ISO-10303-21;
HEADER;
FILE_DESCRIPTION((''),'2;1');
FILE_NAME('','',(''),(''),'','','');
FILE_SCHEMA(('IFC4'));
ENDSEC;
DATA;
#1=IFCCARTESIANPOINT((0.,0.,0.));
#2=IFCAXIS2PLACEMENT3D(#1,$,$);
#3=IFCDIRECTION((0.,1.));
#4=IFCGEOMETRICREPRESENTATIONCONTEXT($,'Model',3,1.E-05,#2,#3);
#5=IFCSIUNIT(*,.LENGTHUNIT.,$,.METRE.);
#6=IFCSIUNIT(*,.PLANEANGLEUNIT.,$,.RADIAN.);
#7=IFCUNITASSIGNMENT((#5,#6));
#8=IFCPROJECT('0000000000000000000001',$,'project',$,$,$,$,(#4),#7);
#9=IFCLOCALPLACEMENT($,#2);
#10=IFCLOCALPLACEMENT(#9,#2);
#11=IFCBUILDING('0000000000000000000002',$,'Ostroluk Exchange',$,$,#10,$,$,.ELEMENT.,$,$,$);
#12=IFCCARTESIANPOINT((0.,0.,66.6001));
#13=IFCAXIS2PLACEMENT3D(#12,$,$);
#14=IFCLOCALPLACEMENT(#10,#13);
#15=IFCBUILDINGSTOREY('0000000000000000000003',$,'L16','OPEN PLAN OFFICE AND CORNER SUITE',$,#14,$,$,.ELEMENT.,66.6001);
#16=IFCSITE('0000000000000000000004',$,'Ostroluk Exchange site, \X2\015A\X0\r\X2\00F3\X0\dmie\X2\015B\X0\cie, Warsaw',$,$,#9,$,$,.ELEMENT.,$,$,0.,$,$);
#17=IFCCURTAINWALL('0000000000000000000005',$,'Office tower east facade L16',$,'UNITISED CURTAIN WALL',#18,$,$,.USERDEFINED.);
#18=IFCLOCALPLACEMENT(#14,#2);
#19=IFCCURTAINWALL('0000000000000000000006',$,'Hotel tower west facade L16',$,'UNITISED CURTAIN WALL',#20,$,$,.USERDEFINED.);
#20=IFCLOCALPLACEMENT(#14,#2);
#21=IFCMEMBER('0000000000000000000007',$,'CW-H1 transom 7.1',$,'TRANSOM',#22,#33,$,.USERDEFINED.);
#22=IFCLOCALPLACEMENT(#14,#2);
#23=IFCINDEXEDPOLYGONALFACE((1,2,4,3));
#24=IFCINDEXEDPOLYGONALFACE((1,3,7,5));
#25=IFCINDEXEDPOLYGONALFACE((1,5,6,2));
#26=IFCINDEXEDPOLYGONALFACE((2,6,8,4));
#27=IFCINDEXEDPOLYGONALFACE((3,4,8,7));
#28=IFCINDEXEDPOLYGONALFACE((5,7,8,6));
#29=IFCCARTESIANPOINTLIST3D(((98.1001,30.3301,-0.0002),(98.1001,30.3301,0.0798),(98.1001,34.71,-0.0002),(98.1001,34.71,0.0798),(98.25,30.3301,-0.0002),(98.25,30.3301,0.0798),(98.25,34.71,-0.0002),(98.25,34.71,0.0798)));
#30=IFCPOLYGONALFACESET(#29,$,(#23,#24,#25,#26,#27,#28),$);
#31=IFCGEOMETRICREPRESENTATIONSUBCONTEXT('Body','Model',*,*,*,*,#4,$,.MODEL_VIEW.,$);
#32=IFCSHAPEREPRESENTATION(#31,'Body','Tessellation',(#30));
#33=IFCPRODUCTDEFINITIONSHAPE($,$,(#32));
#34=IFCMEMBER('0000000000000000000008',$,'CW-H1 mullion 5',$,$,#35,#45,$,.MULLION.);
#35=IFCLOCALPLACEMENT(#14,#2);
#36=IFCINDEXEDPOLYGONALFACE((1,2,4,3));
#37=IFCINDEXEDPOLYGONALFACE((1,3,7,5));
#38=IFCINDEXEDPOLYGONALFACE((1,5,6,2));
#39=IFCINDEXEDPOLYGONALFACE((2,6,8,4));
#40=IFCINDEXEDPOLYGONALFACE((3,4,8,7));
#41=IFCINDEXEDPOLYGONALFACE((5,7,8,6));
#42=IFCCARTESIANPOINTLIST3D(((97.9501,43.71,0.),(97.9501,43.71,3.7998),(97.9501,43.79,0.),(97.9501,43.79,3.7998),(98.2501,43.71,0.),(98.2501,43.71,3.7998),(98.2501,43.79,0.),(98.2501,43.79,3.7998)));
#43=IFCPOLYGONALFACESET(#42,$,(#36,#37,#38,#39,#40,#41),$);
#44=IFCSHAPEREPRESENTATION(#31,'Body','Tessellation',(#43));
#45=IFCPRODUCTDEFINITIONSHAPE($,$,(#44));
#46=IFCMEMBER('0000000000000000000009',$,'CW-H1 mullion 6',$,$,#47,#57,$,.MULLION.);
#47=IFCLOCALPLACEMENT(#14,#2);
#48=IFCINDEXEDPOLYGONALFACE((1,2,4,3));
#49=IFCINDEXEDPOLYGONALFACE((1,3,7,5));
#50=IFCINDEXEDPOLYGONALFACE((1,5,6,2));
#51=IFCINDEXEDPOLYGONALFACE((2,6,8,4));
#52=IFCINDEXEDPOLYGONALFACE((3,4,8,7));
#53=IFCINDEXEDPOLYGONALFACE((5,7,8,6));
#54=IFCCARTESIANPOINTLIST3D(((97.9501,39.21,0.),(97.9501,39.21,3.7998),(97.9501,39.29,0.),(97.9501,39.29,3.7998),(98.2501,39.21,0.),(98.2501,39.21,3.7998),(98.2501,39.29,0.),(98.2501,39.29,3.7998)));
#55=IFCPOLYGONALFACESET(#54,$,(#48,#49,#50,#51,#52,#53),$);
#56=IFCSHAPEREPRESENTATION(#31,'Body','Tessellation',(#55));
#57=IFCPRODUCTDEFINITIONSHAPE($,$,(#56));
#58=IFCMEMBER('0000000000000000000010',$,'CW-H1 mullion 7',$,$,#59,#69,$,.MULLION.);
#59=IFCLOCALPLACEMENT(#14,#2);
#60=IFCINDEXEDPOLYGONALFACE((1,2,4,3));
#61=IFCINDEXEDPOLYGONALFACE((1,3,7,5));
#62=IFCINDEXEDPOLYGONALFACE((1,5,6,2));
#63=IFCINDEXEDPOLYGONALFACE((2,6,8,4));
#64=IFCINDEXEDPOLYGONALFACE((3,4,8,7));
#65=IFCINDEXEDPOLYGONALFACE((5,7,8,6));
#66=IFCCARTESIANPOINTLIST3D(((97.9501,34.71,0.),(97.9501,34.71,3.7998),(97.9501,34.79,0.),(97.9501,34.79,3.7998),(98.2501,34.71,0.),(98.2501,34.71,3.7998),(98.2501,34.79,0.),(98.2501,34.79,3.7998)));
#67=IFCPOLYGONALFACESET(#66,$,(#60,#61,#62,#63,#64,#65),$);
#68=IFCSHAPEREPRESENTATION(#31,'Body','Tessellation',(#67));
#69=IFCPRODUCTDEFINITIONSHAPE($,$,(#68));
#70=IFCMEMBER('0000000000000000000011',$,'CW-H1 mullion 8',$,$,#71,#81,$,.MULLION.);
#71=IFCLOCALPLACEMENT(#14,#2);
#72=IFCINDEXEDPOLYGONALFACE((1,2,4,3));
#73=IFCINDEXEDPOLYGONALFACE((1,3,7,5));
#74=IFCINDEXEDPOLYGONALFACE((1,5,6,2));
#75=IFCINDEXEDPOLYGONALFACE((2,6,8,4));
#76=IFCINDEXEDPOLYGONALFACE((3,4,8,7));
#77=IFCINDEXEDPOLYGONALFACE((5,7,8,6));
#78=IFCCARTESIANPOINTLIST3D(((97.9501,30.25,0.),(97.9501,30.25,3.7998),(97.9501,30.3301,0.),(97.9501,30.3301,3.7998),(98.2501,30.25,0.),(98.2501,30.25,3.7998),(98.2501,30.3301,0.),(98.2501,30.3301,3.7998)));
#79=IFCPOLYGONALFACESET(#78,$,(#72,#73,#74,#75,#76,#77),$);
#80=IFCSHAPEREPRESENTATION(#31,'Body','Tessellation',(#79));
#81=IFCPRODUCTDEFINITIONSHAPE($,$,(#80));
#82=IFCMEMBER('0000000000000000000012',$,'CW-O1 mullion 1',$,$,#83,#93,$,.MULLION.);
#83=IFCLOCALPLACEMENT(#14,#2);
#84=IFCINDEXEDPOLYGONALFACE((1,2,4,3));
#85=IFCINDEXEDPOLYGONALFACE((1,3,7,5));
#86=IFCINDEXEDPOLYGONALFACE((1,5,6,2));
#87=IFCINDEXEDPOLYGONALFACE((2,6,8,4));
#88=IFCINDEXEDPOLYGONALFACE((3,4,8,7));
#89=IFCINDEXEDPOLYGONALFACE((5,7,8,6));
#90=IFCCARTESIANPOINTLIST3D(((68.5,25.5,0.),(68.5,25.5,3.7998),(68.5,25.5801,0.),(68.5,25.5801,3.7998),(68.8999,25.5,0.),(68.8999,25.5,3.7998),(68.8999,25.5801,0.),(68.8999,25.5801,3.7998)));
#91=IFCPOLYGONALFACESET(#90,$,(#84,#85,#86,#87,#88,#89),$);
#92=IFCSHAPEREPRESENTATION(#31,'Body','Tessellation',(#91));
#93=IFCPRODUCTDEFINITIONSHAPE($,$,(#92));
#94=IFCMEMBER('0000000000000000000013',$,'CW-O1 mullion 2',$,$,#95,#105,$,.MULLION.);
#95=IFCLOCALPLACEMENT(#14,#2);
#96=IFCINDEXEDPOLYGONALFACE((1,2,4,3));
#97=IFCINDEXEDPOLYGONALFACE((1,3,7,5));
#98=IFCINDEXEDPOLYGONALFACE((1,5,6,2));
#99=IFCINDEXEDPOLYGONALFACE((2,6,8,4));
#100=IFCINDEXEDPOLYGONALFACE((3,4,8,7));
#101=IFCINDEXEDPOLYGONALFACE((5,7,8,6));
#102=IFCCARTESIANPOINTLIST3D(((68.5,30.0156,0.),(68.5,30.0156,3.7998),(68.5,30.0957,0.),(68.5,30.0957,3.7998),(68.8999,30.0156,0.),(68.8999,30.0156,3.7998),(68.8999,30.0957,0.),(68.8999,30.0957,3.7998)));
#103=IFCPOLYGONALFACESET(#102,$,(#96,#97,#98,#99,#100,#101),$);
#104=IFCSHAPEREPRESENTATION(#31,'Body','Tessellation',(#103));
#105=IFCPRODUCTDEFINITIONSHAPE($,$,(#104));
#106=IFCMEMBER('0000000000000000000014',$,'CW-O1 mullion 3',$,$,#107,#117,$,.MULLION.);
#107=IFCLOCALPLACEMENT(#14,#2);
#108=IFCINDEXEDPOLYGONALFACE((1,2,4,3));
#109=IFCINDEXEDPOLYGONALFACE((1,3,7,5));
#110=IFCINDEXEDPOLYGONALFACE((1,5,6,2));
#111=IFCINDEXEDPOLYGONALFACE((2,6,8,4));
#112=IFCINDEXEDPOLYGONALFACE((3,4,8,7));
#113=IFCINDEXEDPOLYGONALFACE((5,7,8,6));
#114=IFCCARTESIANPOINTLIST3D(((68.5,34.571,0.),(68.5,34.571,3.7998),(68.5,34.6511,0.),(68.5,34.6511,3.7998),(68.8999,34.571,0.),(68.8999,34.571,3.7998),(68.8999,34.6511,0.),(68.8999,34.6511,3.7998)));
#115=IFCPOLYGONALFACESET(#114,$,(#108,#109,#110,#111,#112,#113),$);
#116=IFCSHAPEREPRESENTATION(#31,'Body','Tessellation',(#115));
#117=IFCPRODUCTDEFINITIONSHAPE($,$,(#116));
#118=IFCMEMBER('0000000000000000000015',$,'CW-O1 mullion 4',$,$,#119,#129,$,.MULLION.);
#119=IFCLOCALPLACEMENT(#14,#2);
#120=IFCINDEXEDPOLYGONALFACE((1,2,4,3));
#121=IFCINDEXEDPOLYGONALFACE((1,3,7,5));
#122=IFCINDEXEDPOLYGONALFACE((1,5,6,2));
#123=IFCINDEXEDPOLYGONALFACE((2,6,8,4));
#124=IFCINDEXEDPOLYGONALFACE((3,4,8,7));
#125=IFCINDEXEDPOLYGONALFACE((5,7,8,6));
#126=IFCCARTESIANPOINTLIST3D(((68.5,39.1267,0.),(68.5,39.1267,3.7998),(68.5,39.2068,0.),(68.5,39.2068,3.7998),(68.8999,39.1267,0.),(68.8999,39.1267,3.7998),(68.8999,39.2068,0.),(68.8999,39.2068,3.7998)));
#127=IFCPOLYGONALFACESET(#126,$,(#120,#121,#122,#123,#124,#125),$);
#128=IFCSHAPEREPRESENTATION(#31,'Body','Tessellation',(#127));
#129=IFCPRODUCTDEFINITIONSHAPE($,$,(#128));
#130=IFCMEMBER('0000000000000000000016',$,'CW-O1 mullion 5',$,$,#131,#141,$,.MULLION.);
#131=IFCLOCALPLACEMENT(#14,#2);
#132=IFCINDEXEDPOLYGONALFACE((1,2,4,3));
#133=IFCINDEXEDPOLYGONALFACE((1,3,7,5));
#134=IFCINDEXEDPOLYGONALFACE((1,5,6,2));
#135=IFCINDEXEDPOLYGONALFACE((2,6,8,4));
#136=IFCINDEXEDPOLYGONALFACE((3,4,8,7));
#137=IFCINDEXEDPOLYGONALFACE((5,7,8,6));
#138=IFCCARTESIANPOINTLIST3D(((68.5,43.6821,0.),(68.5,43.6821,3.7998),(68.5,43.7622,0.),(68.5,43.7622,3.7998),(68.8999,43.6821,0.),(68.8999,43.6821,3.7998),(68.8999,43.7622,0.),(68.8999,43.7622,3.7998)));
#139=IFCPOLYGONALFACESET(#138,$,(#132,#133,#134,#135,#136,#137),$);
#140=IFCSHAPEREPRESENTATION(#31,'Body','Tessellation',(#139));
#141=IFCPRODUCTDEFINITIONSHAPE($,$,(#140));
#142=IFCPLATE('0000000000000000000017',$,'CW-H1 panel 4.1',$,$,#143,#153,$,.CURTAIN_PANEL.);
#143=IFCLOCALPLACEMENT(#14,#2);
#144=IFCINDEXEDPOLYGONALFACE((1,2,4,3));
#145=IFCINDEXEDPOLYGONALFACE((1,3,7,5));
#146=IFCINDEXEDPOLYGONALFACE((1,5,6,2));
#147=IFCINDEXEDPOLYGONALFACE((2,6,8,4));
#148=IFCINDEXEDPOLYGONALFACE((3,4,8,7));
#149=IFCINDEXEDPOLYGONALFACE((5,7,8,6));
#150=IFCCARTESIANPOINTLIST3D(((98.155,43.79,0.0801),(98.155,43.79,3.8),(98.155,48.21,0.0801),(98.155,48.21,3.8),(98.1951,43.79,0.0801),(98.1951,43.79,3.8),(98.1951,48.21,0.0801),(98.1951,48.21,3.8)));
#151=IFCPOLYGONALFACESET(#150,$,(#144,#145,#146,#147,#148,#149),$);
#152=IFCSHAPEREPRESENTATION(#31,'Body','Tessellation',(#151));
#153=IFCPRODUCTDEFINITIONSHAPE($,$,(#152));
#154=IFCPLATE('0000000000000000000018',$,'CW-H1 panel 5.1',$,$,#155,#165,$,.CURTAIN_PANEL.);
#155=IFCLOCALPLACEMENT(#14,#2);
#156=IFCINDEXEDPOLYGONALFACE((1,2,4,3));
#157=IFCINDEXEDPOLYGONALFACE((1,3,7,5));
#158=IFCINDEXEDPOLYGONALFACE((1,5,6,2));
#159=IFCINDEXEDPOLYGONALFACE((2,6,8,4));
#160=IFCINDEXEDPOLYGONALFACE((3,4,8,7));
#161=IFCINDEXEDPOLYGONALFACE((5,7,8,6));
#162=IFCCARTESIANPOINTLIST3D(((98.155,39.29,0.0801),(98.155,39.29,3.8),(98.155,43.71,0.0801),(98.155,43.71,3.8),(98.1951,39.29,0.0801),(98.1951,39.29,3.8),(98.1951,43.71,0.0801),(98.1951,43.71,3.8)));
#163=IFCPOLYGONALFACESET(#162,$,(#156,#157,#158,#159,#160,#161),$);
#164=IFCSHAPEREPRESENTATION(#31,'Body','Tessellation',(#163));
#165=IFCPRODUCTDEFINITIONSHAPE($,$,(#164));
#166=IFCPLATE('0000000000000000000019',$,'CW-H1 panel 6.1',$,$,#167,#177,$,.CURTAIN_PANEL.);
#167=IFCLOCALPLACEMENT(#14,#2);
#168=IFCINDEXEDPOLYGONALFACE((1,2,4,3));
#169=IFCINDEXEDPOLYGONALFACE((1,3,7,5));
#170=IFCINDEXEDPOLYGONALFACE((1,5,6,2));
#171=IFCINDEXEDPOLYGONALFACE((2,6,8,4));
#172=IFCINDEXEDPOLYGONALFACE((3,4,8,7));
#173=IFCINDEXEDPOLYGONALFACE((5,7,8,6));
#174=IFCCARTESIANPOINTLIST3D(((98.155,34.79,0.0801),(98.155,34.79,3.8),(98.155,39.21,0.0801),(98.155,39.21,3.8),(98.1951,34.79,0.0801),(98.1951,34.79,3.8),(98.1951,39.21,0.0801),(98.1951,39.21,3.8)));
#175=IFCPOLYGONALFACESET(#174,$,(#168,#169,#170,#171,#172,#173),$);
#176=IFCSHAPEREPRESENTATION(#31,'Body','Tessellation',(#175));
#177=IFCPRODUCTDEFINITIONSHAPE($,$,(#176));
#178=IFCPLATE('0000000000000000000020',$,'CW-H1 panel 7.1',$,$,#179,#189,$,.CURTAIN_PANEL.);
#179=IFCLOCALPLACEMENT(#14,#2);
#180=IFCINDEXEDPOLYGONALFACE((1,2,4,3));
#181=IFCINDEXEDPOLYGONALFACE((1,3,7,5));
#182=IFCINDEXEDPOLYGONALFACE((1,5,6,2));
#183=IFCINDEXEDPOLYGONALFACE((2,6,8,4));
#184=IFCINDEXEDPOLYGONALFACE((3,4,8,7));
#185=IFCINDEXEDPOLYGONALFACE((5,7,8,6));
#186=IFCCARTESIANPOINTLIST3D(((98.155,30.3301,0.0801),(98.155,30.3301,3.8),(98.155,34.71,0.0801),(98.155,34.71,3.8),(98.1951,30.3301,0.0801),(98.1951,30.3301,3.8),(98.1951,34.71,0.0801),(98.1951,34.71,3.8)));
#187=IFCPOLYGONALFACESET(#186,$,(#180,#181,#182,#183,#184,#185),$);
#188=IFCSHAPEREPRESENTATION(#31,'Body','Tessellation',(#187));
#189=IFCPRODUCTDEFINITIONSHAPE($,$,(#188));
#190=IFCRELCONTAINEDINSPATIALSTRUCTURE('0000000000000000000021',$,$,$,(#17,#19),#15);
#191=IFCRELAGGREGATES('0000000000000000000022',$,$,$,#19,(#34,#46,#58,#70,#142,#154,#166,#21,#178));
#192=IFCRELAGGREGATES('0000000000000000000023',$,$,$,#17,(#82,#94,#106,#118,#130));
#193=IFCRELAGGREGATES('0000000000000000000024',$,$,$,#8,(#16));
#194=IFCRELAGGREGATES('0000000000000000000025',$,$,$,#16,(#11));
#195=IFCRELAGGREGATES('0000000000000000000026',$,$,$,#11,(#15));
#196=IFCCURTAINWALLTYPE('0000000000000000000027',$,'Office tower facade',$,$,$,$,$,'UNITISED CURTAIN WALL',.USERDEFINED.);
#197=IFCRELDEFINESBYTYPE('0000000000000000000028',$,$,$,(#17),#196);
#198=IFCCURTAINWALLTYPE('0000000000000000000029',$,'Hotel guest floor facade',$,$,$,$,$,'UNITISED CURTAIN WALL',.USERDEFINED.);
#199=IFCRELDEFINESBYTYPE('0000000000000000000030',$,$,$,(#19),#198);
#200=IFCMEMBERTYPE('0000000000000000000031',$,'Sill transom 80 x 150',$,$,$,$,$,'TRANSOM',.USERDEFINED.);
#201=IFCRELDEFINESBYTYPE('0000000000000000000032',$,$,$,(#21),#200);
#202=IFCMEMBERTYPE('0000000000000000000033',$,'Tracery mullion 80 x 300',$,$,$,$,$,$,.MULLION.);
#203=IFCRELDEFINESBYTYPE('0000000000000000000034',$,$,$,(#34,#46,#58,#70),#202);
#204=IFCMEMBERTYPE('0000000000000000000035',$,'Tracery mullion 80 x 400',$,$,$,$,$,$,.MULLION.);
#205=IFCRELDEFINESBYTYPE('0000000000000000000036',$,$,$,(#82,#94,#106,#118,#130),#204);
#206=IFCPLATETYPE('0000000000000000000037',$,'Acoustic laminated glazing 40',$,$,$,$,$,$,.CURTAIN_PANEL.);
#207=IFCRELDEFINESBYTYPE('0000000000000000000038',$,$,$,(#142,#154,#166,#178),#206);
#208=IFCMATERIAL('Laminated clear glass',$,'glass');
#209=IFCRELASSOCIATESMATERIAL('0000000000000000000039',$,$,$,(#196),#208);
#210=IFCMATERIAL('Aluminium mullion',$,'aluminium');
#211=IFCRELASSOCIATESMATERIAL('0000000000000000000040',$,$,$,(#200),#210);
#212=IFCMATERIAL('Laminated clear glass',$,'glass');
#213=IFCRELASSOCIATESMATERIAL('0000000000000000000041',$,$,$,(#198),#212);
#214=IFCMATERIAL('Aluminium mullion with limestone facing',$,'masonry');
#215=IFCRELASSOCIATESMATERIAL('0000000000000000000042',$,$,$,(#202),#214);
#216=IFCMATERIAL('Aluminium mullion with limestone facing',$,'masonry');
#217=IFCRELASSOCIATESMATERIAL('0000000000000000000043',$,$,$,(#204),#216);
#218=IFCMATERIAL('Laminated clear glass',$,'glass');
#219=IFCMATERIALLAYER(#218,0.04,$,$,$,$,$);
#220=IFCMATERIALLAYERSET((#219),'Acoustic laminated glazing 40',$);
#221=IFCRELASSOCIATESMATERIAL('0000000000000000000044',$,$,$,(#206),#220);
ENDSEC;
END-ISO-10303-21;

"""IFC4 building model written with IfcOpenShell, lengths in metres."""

from ifc_helpers import new_model, si_unit, direction, frame, origin, origin_2d, place, context, subcontext, project, spatial, rectangle, extrude, material, layer, layer_set, material_profile, profile_set, type_object, element, aggregate, save


model = new_model("IFC4")

# Units and contexts
model_context = context("Model", 3, precision=1e-05, world=origin(), true_north=direction((0.0, 1.0)))
body_context = subcontext(model_context, "Body", "Model", "MODEL_VIEW")
ifc_project = project(units=[si_unit("LENGTHUNIT", "METRE"), si_unit("PLANEANGLEUNIT", "RADIAN")], contexts=[model_context])

# Site, building, storey
site_placement = place(None, origin())
site = spatial("IfcSite", under=ifc_project, at=site_placement, Name="Ostroluk Exchange site, Śródmieście, Warsaw", CompositionType="ELEMENT", RefElevation=0.0)
building_placement = place(site_placement, origin())
building = spatial("IfcBuilding", under=site, at=building_placement, Name="Ostroluk Exchange", CompositionType="ELEMENT")
storey_placement = place(building_placement, frame((0.0, 0.0, 66.6001)))
storey = spatial("IfcBuildingStorey", under=building, at=storey_placement, Name="L16", Description="OPEN PLAN OFFICE AND CORNER SUITE", CompositionType="ELEMENT", Elevation=66.6001)

# Curtain walls, members
ifc_material_1 = material(Name="Laminated clear glass", Category="glass")
curtain_wall_type_1 = type_object("IfcCurtainWallType", Name="Office tower facade", ElementType="UNITISED CURTAIN WALL", PredefinedType="USERDEFINED", material=ifc_material_1)
curtain_wall_1_placement = place(storey_placement, origin())
curtain_wall_1 = element("IfcCurtainWall", 1, at=curtain_wall_1_placement, inside=storey, type_object=curtain_wall_type_1, Name="Office tower east facade L16", ObjectType="UNITISED CURTAIN WALL", PredefinedType="USERDEFINED")
ifc_material_2 = material(Name="Aluminium mullion", Category="aluminium")
ifc_material_profile_1 = material_profile(ifc_material_2, rectangle(XDim=0.1499, YDim=0.0801, at=origin_2d()), Name="Sill transom 80 x 150")
ifc_profile_set_1 = profile_set([ifc_material_profile_1], Name="Aluminium mullion")
member_type_1 = type_object("IfcMemberType", Name="Sill transom 80 x 150", ElementType="TRANSOM", PredefinedType="USERDEFINED", material=ifc_profile_set_1)
ifc_material_3 = material(Name="Laminated clear glass", Category="glass")
curtain_wall_type_2 = type_object("IfcCurtainWallType", Name="Hotel guest floor facade", ElementType="UNITISED CURTAIN WALL", PredefinedType="USERDEFINED", material=ifc_material_3)
curtain_wall_2_placement = place(storey_placement, origin())
curtain_wall_2 = element("IfcCurtainWall", 2, at=curtain_wall_2_placement, inside=storey, type_object=curtain_wall_type_2, Name="Hotel tower west facade L16", ObjectType="UNITISED CURTAIN WALL", PredefinedType="USERDEFINED")
member_1_placement = place(storey_placement, frame((98.175, 34.71, 0.0398), z_axis=(0.0, -1.0, 0.0), x_axis=(1.0, 0.0, 0.0)))
member_1 = element("IfcMember", 3, at=member_1_placement, type_object=member_type_1, Name="CW-H1 transom 7.1", ObjectType="TRANSOM", PredefinedType="USERDEFINED", context=body_context, shape_type="SweptSolid", body=[
    extrude(rectangle(XDim=0.1499, YDim=0.0801, at=origin_2d()), origin(), (0.0, 0.0, 1.0), 4.3799),
])
ifc_material_4 = material(Name="Aluminium mullion with limestone facing", Category="masonry")
ifc_material_profile_2 = material_profile(ifc_material_4, rectangle(XDim=0.3, YDim=0.0801, at=origin_2d()), Name="Tracery mullion 80 x 300")
ifc_profile_set_2 = profile_set([ifc_material_profile_2], Name="Aluminium mullion with limestone facing")
member_type_2 = type_object("IfcMemberType", Name="Tracery mullion 80 x 300", PredefinedType="MULLION", material=ifc_profile_set_2)
member_2_placement = place(storey_placement, frame((98.1001, 43.75, 0.0), z_axis=(0.0, 0.0, 1.0), x_axis=(1.0, 0.0, 0.0)))
member_2 = element("IfcMember", 4, at=member_2_placement, type_object=member_type_2, Name="CW-H1 mullion 5", PredefinedType="MULLION", context=body_context, shape_type="SweptSolid", body=[
    extrude(rectangle(XDim=0.3, YDim=0.0801, at=origin_2d()), origin(), (0.0, 0.0, 1.0), 3.7998),
])
member_3_placement = place(storey_placement, frame((98.1001, 39.25, 0.0), z_axis=(0.0, 0.0, 1.0), x_axis=(1.0, 0.0, 0.0)))
member_3 = element("IfcMember", 5, at=member_3_placement, type_object=member_type_2, Name="CW-H1 mullion 6", PredefinedType="MULLION", context=body_context, shape_type="SweptSolid", body=[
    extrude(rectangle(XDim=0.3, YDim=0.0801, at=origin_2d()), origin(), (0.0, 0.0, 1.0), 3.7998),
])
member_4_placement = place(storey_placement, frame((98.1001, 34.75, 0.0), z_axis=(0.0, 0.0, 1.0), x_axis=(1.0, 0.0, 0.0)))
member_4 = element("IfcMember", 6, at=member_4_placement, type_object=member_type_2, Name="CW-H1 mullion 7", PredefinedType="MULLION", context=body_context, shape_type="SweptSolid", body=[
    extrude(rectangle(XDim=0.3, YDim=0.0801, at=origin_2d()), origin(), (0.0, 0.0, 1.0), 3.7998),
])
member_5_placement = place(storey_placement, frame((98.1001, 30.29, 0.0), z_axis=(0.0, 0.0, 1.0), x_axis=(1.0, 0.0, 0.0)))
member_5 = element("IfcMember", 7, at=member_5_placement, type_object=member_type_2, Name="CW-H1 mullion 8", PredefinedType="MULLION", context=body_context, shape_type="SweptSolid", body=[
    extrude(rectangle(XDim=0.3, YDim=0.0801, at=origin_2d()), origin(), (0.0, 0.0, 1.0), 3.7998),
])

# Members
ifc_material_5 = material(Name="Aluminium mullion with limestone facing", Category="masonry")
ifc_material_profile_3 = material_profile(ifc_material_5, rectangle(XDim=0.3999, YDim=0.0801, at=origin_2d()), Name="Tracery mullion 80 x 400")
ifc_profile_set_3 = profile_set([ifc_material_profile_3], Name="Aluminium mullion with limestone facing")
member_type_3 = type_object("IfcMemberType", Name="Tracery mullion 80 x 400", PredefinedType="MULLION", material=ifc_profile_set_3)
member_6_placement = place(storey_placement, frame((68.7, 25.54, 0.0), z_axis=(0.0, 0.0, 1.0), x_axis=(-1.0, 0.0, 0.0)))
member_6 = element("IfcMember", 8, at=member_6_placement, type_object=member_type_3, Name="CW-O1 mullion 1", PredefinedType="MULLION", context=body_context, shape_type="SweptSolid", body=[
    extrude(rectangle(XDim=0.3999, YDim=0.0801, at=origin_2d()), origin(), (0.0, 0.0, 1.0), 3.7998),
])
member_7_placement = place(storey_placement, frame((68.7, 30.0557, 0.0), z_axis=(0.0, 0.0, 1.0), x_axis=(-1.0, 0.0, 0.0)))
member_7 = element("IfcMember", 9, at=member_7_placement, type_object=member_type_3, Name="CW-O1 mullion 2", PredefinedType="MULLION", context=body_context, shape_type="SweptSolid", body=[
    extrude(rectangle(XDim=0.3999, YDim=0.0801, at=origin_2d()), origin(), (0.0, 0.0, 1.0), 3.7998),
])
member_8_placement = place(storey_placement, frame((68.7, 34.6111, 0.0), z_axis=(0.0, 0.0, 1.0), x_axis=(-1.0, 0.0, 0.0)))
member_8 = element("IfcMember", 10, at=member_8_placement, type_object=member_type_3, Name="CW-O1 mullion 3", PredefinedType="MULLION", context=body_context, shape_type="SweptSolid", body=[
    extrude(rectangle(XDim=0.3999, YDim=0.0801, at=origin_2d()), origin(), (0.0, 0.0, 1.0), 3.7998),
])
member_9_placement = place(storey_placement, frame((68.7, 39.1667, 0.0), z_axis=(0.0, 0.0, 1.0), x_axis=(-1.0, 0.0, 0.0)))
member_9 = element("IfcMember", 11, at=member_9_placement, type_object=member_type_3, Name="CW-O1 mullion 4", PredefinedType="MULLION", context=body_context, shape_type="SweptSolid", body=[
    extrude(rectangle(XDim=0.3999, YDim=0.0801, at=origin_2d()), origin(), (0.0, 0.0, 1.0), 3.7998),
])
member_10_placement = place(storey_placement, frame((68.7, 43.7222, 0.0), z_axis=(0.0, 0.0, 1.0), x_axis=(-1.0, 0.0, 0.0)))
member_10 = element("IfcMember", 12, at=member_10_placement, type_object=member_type_3, Name="CW-O1 mullion 5", PredefinedType="MULLION", context=body_context, shape_type="SweptSolid", body=[
    extrude(rectangle(XDim=0.3999, YDim=0.0801, at=origin_2d()), origin(), (0.0, 0.0, 1.0), 3.7998),
])

# Plates
ifc_material_6 = material(Name="Laminated clear glass", Category="glass")
ifc_layer_1 = layer(ifc_material_6, 0.04)
ifc_layer_set_1 = layer_set([ifc_layer_1], Name="Acoustic laminated glazing 40")
plate_type_1 = type_object("IfcPlateType", Name="Acoustic laminated glazing 40", PredefinedType="CURTAIN_PANEL", material=ifc_layer_set_1)
plate_1_placement = place(storey_placement, frame((98.175, 46.0, 0.0801), z_axis=(0.0, 0.0, 1.0), x_axis=(0.0, -1.0, 0.0)))
plate_1 = element("IfcPlate", 13, at=plate_1_placement, type_object=plate_type_1, Name="CW-H1 panel 4.1", PredefinedType="CURTAIN_PANEL", context=body_context, shape_type="SweptSolid", body=[
    extrude(rectangle(XDim=4.4199, YDim=0.04, at=origin_2d()), origin(), (0.0, 0.0, 1.0), 3.72),
])
plate_2_placement = place(storey_placement, frame((98.175, 41.5, 0.0801), z_axis=(0.0, 0.0, 1.0), x_axis=(0.0, -1.0, 0.0)))
plate_2 = element("IfcPlate", 14, at=plate_2_placement, type_object=plate_type_1, Name="CW-H1 panel 5.1", PredefinedType="CURTAIN_PANEL", context=body_context, shape_type="SweptSolid", body=[
    extrude(rectangle(XDim=4.4199, YDim=0.04, at=origin_2d()), origin(), (0.0, 0.0, 1.0), 3.72),
])
plate_3_placement = place(storey_placement, frame((98.175, 37.0, 0.0801), z_axis=(0.0, 0.0, 1.0), x_axis=(0.0, -1.0, 0.0)))
plate_3 = element("IfcPlate", 15, at=plate_3_placement, type_object=plate_type_1, Name="CW-H1 panel 6.1", PredefinedType="CURTAIN_PANEL", context=body_context, shape_type="SweptSolid", body=[
    extrude(rectangle(XDim=4.4199, YDim=0.04, at=origin_2d()), origin(), (0.0, 0.0, 1.0), 3.72),
])
plate_4_placement = place(storey_placement, frame((98.175, 32.52, 0.0801), z_axis=(0.0, 0.0, 1.0), x_axis=(0.0, -1.0, 0.0)))
plate_4 = element("IfcPlate", 16, at=plate_4_placement, type_object=plate_type_1, Name="CW-H1 panel 7.1", PredefinedType="CURTAIN_PANEL", context=body_context, shape_type="SweptSolid", body=[
    extrude(rectangle(XDim=4.3799, YDim=0.04, at=origin_2d()), origin(), (0.0, 0.0, 1.0), 3.72),
])
aggregate(curtain_wall_2, [member_2, member_3, member_4, member_5, plate_1, plate_2, plate_3, member_1, plate_4])
aggregate(curtain_wall_1, [member_6, member_7, member_8, member_9, member_10])

save(model, "model.ifc")
